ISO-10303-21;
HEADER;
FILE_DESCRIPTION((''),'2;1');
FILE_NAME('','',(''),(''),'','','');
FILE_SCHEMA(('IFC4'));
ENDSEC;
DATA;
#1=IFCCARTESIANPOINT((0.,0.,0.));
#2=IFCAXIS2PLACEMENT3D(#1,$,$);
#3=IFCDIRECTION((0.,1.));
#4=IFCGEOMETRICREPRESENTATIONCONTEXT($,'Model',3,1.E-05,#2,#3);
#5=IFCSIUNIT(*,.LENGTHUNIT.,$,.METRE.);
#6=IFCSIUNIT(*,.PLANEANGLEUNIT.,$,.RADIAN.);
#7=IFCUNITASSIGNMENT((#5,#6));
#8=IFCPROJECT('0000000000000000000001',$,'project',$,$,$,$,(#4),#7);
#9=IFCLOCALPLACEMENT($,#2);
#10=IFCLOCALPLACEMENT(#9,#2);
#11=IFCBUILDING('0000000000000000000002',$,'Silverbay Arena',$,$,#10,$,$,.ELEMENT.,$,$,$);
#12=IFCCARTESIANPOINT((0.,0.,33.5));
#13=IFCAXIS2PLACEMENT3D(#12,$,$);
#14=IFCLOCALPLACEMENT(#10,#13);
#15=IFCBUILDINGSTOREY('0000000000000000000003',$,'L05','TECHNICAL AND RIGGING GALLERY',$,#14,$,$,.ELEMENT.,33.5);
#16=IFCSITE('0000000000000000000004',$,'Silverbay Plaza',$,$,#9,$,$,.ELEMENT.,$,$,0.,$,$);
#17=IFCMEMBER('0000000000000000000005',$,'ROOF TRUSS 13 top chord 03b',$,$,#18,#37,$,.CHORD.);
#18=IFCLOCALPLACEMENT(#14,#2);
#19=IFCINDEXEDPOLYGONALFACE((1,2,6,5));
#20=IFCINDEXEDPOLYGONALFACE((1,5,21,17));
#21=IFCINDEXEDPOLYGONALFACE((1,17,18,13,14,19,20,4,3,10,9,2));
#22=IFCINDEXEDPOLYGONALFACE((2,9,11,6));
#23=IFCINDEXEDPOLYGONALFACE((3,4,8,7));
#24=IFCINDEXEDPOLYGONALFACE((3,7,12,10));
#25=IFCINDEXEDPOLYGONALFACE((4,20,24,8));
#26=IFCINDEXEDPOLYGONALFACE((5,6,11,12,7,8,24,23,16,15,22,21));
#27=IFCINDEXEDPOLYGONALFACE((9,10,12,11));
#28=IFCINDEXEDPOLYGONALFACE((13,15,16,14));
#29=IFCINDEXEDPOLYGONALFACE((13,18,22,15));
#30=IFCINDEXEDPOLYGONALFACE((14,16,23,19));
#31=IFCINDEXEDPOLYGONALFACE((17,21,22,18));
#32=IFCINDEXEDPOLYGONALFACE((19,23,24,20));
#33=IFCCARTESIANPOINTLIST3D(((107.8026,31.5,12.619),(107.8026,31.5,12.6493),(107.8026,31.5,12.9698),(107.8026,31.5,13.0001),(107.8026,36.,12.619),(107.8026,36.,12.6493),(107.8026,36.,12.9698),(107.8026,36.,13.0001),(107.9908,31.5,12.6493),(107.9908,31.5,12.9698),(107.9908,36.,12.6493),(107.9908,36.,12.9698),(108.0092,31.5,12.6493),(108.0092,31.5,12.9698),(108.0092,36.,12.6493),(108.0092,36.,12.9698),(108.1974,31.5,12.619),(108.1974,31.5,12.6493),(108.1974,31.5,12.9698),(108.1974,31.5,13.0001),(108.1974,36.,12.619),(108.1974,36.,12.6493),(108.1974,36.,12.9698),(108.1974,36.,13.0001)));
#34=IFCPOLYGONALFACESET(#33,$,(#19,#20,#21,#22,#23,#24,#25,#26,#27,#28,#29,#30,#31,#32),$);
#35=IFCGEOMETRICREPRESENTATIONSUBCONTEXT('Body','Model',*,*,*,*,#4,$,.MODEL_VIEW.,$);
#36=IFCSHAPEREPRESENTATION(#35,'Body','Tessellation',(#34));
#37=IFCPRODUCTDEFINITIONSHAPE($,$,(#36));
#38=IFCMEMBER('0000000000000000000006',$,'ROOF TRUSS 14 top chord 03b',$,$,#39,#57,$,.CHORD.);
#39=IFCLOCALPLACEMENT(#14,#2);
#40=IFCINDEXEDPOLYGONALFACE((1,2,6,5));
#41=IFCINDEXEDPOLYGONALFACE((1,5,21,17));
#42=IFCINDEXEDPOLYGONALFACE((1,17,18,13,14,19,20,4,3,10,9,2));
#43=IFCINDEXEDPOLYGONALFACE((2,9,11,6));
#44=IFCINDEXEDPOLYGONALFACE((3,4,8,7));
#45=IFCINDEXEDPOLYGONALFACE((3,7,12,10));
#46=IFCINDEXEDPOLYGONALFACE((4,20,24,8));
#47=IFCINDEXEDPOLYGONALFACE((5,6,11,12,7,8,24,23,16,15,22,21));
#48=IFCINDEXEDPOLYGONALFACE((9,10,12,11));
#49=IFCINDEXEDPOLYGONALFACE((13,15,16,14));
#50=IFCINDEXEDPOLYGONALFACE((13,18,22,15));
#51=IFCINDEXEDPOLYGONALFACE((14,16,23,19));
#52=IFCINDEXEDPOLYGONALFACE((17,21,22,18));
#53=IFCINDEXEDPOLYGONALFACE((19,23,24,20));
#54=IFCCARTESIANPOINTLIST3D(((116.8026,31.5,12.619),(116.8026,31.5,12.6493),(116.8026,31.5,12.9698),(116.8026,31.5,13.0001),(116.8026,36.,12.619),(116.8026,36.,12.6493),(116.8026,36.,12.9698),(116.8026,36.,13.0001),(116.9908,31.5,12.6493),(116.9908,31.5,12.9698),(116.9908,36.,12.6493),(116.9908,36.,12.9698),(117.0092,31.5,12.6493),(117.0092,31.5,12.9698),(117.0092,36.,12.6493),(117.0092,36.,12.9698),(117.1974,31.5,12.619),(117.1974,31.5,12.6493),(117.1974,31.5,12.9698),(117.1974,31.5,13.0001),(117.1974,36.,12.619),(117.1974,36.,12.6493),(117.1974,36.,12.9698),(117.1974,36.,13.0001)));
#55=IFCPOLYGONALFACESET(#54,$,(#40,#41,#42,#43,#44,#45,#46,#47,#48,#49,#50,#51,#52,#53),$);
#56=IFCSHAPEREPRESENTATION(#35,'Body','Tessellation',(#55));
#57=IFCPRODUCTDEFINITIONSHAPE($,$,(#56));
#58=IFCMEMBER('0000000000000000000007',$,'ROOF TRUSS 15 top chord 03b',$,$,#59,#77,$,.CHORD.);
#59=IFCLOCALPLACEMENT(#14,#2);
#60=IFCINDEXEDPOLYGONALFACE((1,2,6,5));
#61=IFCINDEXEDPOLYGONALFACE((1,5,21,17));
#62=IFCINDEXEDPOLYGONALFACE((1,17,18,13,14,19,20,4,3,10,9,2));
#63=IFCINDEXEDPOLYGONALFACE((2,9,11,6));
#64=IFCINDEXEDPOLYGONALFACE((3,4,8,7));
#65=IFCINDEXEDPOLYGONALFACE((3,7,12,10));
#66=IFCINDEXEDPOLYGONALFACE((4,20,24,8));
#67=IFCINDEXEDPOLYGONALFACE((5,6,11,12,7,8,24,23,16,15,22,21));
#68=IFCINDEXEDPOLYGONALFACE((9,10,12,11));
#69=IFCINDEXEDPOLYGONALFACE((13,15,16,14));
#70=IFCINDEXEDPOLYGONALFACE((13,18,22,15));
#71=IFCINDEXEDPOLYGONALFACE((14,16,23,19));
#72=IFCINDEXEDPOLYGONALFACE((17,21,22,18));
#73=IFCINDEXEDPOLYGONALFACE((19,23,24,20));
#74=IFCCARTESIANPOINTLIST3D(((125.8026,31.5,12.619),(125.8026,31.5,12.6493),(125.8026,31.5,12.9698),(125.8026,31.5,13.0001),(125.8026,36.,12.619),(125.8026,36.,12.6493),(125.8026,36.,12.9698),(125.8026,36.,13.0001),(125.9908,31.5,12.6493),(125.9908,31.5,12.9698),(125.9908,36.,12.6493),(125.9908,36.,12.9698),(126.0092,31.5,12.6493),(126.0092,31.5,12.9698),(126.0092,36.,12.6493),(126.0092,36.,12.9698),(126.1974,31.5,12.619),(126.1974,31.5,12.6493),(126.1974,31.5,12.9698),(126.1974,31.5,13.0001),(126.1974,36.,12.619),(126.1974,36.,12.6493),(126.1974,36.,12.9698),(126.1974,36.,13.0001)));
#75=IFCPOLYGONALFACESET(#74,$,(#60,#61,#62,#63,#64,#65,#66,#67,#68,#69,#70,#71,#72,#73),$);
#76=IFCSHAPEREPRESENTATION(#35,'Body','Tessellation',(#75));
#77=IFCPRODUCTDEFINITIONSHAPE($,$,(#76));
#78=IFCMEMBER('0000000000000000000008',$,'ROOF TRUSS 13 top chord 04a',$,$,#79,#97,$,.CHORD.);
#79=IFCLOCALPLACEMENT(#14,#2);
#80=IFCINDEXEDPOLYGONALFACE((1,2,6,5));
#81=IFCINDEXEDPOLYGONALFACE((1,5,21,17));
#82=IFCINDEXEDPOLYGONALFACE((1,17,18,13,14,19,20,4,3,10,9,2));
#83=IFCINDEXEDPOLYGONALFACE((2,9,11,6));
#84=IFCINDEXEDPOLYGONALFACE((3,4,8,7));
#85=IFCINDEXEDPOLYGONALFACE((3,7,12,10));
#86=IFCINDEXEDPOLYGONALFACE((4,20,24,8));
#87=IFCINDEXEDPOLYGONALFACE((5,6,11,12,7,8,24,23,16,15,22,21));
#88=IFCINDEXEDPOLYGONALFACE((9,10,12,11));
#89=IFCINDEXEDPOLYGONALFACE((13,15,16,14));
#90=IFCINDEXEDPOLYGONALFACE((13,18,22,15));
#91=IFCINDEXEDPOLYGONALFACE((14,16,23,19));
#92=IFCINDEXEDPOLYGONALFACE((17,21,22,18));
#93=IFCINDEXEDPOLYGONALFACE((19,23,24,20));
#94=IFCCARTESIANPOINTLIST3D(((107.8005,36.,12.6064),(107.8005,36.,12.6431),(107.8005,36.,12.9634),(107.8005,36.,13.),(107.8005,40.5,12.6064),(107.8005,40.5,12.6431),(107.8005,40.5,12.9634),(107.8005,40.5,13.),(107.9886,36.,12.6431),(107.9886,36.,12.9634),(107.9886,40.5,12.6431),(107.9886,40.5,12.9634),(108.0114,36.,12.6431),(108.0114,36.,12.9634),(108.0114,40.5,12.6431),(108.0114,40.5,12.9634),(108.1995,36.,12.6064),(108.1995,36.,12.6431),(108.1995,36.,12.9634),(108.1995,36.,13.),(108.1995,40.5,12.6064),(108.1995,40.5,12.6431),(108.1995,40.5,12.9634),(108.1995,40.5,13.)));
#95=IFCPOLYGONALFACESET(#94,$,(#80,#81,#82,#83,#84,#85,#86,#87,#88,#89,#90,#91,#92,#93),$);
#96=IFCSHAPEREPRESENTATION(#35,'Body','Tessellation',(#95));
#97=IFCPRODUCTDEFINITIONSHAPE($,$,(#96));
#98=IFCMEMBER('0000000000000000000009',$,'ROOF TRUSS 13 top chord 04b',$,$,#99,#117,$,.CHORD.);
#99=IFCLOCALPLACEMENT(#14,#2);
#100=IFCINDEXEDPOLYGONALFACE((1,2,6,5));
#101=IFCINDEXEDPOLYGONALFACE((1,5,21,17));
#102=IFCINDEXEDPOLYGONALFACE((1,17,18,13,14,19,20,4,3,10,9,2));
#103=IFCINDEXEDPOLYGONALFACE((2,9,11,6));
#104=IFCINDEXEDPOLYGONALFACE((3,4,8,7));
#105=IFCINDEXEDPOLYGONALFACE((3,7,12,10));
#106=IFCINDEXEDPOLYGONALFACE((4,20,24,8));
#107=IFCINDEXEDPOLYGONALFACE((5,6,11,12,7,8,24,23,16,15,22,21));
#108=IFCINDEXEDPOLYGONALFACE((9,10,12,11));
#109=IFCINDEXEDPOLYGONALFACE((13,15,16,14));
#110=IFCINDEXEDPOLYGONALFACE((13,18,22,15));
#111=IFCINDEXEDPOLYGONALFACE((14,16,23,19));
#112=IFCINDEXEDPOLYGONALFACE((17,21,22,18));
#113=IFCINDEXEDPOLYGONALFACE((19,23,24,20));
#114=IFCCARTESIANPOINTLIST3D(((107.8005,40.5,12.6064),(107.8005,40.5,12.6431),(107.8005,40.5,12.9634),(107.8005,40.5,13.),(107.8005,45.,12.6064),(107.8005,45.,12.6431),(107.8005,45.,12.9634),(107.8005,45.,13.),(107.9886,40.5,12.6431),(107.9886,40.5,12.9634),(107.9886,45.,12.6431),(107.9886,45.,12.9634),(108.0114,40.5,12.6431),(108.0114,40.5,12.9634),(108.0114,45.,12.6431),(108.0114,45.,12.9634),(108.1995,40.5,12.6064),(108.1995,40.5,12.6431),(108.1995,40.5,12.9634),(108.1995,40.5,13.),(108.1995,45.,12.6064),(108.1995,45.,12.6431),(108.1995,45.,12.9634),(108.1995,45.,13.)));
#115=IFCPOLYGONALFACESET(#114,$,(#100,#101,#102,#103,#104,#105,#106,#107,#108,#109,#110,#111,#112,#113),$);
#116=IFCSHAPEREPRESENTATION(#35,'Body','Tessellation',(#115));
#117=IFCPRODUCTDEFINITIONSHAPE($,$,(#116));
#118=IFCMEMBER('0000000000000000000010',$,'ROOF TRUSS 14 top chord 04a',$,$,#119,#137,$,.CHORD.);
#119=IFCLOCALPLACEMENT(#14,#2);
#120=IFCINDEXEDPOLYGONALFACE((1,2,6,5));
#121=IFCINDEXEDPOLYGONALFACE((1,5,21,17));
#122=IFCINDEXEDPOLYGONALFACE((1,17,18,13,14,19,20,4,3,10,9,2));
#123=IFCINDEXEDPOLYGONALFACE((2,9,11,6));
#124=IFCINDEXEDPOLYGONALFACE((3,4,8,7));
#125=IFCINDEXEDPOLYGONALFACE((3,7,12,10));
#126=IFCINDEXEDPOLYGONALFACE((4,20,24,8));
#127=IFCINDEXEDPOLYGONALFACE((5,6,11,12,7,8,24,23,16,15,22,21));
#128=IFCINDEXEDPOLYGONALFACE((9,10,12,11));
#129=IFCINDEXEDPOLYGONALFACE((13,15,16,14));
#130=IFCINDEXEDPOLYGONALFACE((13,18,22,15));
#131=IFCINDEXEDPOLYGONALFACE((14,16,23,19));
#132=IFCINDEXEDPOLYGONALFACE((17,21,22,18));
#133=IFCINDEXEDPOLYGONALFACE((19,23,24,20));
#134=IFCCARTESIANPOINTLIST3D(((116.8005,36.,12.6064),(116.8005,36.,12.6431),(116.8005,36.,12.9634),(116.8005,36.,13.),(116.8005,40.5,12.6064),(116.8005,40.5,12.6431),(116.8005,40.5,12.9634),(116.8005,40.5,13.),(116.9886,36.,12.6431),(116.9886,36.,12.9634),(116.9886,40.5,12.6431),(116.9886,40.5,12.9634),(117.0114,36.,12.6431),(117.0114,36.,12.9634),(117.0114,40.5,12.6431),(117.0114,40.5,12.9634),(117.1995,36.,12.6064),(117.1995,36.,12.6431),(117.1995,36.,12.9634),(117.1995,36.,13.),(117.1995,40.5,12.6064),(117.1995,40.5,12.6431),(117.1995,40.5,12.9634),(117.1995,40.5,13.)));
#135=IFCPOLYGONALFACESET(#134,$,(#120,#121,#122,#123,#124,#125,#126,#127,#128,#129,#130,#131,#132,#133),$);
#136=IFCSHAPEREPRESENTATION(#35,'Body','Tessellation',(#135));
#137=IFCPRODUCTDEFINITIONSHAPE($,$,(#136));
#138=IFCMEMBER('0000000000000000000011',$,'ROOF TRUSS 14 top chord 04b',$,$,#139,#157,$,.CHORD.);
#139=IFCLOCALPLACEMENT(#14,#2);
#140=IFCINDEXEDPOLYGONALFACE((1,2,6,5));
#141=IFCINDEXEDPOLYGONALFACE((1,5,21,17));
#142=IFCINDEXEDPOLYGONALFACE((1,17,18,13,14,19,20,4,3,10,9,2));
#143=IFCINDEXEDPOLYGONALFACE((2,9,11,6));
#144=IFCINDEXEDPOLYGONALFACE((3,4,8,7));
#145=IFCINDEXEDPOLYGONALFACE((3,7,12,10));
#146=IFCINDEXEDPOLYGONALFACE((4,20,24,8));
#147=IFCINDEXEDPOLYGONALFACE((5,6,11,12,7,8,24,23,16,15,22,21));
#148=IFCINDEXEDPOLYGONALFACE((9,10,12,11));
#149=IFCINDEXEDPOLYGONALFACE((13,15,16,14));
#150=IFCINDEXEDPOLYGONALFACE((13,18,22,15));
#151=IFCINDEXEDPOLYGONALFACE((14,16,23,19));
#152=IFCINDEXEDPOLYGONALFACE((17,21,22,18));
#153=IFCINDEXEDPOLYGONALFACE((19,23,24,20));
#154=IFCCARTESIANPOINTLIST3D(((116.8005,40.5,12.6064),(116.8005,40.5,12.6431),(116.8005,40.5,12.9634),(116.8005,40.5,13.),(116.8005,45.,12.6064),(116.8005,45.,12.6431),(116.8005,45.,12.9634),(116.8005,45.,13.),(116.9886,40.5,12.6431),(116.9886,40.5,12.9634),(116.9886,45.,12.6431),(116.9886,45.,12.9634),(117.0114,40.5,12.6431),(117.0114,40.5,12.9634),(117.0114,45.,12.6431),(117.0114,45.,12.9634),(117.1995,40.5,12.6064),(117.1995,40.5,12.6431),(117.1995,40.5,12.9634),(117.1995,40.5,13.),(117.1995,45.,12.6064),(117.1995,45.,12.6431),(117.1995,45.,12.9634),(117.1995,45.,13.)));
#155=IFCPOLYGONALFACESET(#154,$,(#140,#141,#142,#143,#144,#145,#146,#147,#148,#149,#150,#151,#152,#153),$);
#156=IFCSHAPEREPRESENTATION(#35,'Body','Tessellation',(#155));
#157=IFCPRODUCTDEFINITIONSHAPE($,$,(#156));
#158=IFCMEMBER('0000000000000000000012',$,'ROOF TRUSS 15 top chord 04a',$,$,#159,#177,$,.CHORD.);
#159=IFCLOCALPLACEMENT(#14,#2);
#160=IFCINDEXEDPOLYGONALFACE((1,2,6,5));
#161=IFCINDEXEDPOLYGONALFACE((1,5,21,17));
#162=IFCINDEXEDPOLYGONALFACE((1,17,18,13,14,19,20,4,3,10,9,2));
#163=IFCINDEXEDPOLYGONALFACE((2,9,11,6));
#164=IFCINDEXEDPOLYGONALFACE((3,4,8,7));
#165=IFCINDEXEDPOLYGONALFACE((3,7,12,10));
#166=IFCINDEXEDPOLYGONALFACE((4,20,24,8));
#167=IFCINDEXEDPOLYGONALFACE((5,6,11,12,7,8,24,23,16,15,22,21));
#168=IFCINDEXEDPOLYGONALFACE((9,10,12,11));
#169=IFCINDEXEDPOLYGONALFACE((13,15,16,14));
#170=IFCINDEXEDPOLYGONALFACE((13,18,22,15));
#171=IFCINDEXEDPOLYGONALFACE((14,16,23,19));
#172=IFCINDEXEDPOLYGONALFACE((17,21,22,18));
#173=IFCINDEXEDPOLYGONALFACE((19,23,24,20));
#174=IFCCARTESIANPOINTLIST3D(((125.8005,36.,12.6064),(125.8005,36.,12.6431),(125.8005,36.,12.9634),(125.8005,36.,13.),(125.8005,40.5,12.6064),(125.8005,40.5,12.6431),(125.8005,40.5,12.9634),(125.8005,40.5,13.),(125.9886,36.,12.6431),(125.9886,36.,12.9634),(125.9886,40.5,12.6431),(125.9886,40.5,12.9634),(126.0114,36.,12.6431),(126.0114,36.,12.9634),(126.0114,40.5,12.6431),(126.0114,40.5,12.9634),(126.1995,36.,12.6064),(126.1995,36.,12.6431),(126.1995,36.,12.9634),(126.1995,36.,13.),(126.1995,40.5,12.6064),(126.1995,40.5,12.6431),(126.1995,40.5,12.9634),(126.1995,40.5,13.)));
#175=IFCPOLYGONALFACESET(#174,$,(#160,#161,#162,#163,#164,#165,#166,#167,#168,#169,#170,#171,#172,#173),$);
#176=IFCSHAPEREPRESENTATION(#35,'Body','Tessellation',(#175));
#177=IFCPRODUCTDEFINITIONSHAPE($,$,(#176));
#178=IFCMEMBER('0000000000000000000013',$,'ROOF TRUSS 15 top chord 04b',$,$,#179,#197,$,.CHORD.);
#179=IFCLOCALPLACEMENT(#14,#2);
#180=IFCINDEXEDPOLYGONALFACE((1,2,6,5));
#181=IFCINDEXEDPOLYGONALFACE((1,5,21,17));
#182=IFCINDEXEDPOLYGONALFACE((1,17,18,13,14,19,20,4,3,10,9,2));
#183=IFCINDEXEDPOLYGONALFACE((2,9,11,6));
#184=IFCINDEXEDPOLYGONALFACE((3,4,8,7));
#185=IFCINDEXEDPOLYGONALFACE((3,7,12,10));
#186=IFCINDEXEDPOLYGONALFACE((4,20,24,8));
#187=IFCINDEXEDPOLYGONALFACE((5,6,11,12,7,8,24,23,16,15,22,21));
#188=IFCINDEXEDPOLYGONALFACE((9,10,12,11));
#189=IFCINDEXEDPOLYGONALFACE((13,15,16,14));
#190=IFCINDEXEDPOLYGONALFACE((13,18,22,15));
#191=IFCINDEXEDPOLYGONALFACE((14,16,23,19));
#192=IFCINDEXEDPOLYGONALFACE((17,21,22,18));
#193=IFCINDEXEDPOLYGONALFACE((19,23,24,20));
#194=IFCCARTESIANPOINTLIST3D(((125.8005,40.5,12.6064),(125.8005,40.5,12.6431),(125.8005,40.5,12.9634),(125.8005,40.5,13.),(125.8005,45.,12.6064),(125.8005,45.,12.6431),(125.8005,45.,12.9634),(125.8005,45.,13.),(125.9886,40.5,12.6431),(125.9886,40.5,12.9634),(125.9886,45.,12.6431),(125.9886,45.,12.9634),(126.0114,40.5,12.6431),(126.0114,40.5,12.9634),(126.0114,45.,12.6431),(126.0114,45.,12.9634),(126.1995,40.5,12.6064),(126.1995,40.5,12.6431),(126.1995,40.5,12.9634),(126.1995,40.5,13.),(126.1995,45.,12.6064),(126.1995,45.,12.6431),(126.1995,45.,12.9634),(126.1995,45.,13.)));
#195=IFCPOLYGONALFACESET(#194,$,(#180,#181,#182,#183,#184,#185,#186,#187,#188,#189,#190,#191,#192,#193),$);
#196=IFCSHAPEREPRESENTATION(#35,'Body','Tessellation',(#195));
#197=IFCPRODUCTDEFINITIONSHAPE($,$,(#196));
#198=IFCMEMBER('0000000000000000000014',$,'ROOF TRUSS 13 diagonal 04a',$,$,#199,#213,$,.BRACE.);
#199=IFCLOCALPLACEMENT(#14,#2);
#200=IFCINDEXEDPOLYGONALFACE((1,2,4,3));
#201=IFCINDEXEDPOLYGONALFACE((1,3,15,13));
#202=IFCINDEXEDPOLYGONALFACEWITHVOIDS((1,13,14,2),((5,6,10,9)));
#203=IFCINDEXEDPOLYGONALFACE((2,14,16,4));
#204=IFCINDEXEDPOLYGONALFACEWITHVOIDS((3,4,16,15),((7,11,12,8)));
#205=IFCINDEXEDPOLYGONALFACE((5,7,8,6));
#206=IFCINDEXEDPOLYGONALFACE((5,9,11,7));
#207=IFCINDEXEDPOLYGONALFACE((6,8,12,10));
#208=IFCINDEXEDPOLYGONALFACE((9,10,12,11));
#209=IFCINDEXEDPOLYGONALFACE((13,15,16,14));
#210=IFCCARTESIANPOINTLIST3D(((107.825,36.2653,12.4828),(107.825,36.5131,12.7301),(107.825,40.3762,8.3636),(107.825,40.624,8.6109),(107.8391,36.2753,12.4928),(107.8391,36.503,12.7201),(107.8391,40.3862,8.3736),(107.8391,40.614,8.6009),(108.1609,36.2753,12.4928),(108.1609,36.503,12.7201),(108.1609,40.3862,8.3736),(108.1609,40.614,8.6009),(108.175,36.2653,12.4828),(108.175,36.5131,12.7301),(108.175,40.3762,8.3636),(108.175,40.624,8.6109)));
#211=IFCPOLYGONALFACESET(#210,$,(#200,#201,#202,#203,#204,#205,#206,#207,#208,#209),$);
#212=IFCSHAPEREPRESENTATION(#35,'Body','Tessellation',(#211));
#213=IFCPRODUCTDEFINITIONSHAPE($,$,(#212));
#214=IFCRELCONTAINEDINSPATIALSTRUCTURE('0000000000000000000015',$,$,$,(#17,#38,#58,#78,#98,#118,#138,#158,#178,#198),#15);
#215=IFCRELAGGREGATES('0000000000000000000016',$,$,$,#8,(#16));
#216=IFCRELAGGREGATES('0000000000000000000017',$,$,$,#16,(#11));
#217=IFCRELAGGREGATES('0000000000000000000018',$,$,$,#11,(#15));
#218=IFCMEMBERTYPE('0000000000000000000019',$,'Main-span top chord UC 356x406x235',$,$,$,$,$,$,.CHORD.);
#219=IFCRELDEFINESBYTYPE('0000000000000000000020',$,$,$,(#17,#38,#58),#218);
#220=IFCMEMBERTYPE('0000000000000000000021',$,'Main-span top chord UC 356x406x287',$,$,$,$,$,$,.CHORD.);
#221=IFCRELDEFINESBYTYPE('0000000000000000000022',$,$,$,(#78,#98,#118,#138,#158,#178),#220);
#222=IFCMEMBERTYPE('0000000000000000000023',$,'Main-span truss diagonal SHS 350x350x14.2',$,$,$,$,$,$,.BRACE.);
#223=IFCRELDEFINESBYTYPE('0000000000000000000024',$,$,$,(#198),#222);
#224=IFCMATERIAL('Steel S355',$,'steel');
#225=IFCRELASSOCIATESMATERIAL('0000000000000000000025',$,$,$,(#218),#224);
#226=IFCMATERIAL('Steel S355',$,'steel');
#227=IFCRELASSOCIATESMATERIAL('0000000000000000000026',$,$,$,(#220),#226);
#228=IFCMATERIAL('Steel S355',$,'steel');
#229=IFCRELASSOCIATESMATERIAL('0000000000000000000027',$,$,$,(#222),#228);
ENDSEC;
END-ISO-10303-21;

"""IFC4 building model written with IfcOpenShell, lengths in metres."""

from ifc_helpers import new_model, si_unit, direction, frame, origin, origin_2d, place, context, subcontext, project, spatial, hollow_rectangle, i_section, extrude, material, material_profile, profile_set, type_object, element, save


model = new_model("IFC4")

# Units and contexts
model_context = context("Model", 3, precision=1e-05, world=origin(), true_north=direction((0.0, 1.0)))
body_context = subcontext(model_context, "Body", "Model", "MODEL_VIEW")
ifc_project = project(units=[si_unit("LENGTHUNIT", "METRE"), si_unit("PLANEANGLEUNIT", "RADIAN")], contexts=[model_context])

# Site, building, storey
site_placement = place(None, origin())
site = spatial("IfcSite", under=ifc_project, at=site_placement, Name="Silverbay Plaza", CompositionType="ELEMENT", RefElevation=0.0)
building_placement = place(site_placement, origin())
building = spatial("IfcBuilding", under=site, at=building_placement, Name="Silverbay Arena", CompositionType="ELEMENT")
storey_placement = place(building_placement, frame((0.0, 0.0, 33.5)))
storey = spatial("IfcBuildingStorey", under=building, at=storey_placement, Name="L05", Description="TECHNICAL AND RIGGING GALLERY", CompositionType="ELEMENT", Elevation=33.5)

# Members
ifc_material_1 = material(Name="Steel S355", Category="steel")
ifc_material_profile_1 = material_profile(ifc_material_1, i_section(OverallWidth=0.3948, OverallDepth=0.3811, WebThickness=0.0183, FlangeThickness=0.0303, at=origin_2d()), Name="UC 356x406x235")
ifc_profile_set_1 = profile_set([ifc_material_profile_1], Name="Steel S355")
member_type_1 = type_object("IfcMemberType", Name="Main-span top chord UC 356x406x235", PredefinedType="CHORD", material=ifc_profile_set_1)
for number, where, z_axis, x_axis, name in (
    (1, (108.0, 31.5, 12.8096), (0.0, 1.0, 0.0), (-1.0, 0.0, 0.0), "ROOF TRUSS 13 top chord 03b"),
    (2, (117.0, 31.5, 12.8096), (0.0, 1.0, 0.0), (-1.0, 0.0, 0.0), "ROOF TRUSS 14 top chord 03b"),
    (3, (126.0, 31.5, 12.8096), (0.0, 1.0, 0.0), (-1.0, 0.0, 0.0), "ROOF TRUSS 15 top chord 03b"),
):
    element("IfcMember", number, at=place(storey_placement, frame(where, z_axis=z_axis, x_axis=x_axis)), inside=storey, type_object=member_type_1, Name=name, PredefinedType="CHORD", context=body_context, shape_type="SweptSolid", body=[
        extrude(i_section(OverallWidth=0.3948, OverallDepth=0.3811, WebThickness=0.0183, FlangeThickness=0.0303, at=origin_2d()), origin(), (0.0, 0.0, 1.0), 4.5),
    ])
ifc_material_2 = material(Name="Steel S355", Category="steel")
ifc_material_profile_2 = material_profile(ifc_material_2, i_section(OverallWidth=0.3989, OverallDepth=0.3936, WebThickness=0.0227, FlangeThickness=0.0366, at=origin_2d()), Name="UC 356x406x287")
ifc_profile_set_2 = profile_set([ifc_material_profile_2], Name="Steel S355")
member_type_2 = type_object("IfcMemberType", Name="Main-span top chord UC 356x406x287", PredefinedType="CHORD", material=ifc_profile_set_2)
for number, where, z_axis, x_axis, name in (
    (4, (108.0, 36.0, 12.8032), (0.0, 1.0, 0.0), (-1.0, 0.0, 0.0), "ROOF TRUSS 13 top chord 04a"),
    (5, (108.0, 40.5, 12.8032), (0.0, 1.0, 0.0), (-1.0, 0.0, 0.0), "ROOF TRUSS 13 top chord 04b"),
    (6, (117.0, 36.0, 12.8032), (0.0, 1.0, 0.0), (-1.0, 0.0, 0.0), "ROOF TRUSS 14 top chord 04a"),
    (7, (117.0, 40.5, 12.8032), (0.0, 1.0, 0.0), (-1.0, 0.0, 0.0), "ROOF TRUSS 14 top chord 04b"),
    (8, (126.0, 36.0, 12.8032), (0.0, 1.0, 0.0), (-1.0, 0.0, 0.0), "ROOF TRUSS 15 top chord 04a"),
    (9, (126.0, 40.5, 12.8032), (0.0, 1.0, 0.0), (-1.0, 0.0, 0.0), "ROOF TRUSS 15 top chord 04b"),
):
    element("IfcMember", number, at=place(storey_placement, frame(where, z_axis=z_axis, x_axis=x_axis)), inside=storey, type_object=member_type_2, Name=name, PredefinedType="CHORD", context=body_context, shape_type="SweptSolid", body=[
        extrude(i_section(OverallWidth=0.3989, OverallDepth=0.3936, WebThickness=0.0227, FlangeThickness=0.0366, at=origin_2d()), origin(), (0.0, 0.0, 1.0), 4.5),
    ])
ifc_material_3 = material(Name="Steel S355", Category="steel")
ifc_material_profile_3 = material_profile(ifc_material_3, hollow_rectangle(XDim=0.3501, YDim=0.3501, WallThickness=0.0142, at=origin_2d()), Name="SHS 350x350x14.2")
ifc_profile_set_3 = profile_set([ifc_material_profile_3], Name="Steel S355")
member_type_3 = type_object("IfcMemberType", Name="Main-span truss diagonal SHS 350x350x14.2", PredefinedType="BRACE", material=ifc_profile_set_3)
for number, where, z_axis, x_axis, name in (
    (10, (108.0, 36.3892, 12.6064), (0.0, 0.706393, -0.70782), (-1.0, 0.0, 0.0), "ROOF TRUSS 13 diagonal 04a"),
):
    element("IfcMember", number, at=place(storey_placement, frame(where, z_axis=z_axis, x_axis=x_axis)), inside=storey, type_object=member_type_3, Name=name, PredefinedType="BRACE", context=body_context, shape_type="SweptSolid", body=[
        extrude(hollow_rectangle(XDim=0.3501, YDim=0.3501, WallThickness=0.0142, at=origin_2d()), origin(), (0.0, 0.0, 1.0), 5.8196),
    ])

save(model, "model.ifc")
